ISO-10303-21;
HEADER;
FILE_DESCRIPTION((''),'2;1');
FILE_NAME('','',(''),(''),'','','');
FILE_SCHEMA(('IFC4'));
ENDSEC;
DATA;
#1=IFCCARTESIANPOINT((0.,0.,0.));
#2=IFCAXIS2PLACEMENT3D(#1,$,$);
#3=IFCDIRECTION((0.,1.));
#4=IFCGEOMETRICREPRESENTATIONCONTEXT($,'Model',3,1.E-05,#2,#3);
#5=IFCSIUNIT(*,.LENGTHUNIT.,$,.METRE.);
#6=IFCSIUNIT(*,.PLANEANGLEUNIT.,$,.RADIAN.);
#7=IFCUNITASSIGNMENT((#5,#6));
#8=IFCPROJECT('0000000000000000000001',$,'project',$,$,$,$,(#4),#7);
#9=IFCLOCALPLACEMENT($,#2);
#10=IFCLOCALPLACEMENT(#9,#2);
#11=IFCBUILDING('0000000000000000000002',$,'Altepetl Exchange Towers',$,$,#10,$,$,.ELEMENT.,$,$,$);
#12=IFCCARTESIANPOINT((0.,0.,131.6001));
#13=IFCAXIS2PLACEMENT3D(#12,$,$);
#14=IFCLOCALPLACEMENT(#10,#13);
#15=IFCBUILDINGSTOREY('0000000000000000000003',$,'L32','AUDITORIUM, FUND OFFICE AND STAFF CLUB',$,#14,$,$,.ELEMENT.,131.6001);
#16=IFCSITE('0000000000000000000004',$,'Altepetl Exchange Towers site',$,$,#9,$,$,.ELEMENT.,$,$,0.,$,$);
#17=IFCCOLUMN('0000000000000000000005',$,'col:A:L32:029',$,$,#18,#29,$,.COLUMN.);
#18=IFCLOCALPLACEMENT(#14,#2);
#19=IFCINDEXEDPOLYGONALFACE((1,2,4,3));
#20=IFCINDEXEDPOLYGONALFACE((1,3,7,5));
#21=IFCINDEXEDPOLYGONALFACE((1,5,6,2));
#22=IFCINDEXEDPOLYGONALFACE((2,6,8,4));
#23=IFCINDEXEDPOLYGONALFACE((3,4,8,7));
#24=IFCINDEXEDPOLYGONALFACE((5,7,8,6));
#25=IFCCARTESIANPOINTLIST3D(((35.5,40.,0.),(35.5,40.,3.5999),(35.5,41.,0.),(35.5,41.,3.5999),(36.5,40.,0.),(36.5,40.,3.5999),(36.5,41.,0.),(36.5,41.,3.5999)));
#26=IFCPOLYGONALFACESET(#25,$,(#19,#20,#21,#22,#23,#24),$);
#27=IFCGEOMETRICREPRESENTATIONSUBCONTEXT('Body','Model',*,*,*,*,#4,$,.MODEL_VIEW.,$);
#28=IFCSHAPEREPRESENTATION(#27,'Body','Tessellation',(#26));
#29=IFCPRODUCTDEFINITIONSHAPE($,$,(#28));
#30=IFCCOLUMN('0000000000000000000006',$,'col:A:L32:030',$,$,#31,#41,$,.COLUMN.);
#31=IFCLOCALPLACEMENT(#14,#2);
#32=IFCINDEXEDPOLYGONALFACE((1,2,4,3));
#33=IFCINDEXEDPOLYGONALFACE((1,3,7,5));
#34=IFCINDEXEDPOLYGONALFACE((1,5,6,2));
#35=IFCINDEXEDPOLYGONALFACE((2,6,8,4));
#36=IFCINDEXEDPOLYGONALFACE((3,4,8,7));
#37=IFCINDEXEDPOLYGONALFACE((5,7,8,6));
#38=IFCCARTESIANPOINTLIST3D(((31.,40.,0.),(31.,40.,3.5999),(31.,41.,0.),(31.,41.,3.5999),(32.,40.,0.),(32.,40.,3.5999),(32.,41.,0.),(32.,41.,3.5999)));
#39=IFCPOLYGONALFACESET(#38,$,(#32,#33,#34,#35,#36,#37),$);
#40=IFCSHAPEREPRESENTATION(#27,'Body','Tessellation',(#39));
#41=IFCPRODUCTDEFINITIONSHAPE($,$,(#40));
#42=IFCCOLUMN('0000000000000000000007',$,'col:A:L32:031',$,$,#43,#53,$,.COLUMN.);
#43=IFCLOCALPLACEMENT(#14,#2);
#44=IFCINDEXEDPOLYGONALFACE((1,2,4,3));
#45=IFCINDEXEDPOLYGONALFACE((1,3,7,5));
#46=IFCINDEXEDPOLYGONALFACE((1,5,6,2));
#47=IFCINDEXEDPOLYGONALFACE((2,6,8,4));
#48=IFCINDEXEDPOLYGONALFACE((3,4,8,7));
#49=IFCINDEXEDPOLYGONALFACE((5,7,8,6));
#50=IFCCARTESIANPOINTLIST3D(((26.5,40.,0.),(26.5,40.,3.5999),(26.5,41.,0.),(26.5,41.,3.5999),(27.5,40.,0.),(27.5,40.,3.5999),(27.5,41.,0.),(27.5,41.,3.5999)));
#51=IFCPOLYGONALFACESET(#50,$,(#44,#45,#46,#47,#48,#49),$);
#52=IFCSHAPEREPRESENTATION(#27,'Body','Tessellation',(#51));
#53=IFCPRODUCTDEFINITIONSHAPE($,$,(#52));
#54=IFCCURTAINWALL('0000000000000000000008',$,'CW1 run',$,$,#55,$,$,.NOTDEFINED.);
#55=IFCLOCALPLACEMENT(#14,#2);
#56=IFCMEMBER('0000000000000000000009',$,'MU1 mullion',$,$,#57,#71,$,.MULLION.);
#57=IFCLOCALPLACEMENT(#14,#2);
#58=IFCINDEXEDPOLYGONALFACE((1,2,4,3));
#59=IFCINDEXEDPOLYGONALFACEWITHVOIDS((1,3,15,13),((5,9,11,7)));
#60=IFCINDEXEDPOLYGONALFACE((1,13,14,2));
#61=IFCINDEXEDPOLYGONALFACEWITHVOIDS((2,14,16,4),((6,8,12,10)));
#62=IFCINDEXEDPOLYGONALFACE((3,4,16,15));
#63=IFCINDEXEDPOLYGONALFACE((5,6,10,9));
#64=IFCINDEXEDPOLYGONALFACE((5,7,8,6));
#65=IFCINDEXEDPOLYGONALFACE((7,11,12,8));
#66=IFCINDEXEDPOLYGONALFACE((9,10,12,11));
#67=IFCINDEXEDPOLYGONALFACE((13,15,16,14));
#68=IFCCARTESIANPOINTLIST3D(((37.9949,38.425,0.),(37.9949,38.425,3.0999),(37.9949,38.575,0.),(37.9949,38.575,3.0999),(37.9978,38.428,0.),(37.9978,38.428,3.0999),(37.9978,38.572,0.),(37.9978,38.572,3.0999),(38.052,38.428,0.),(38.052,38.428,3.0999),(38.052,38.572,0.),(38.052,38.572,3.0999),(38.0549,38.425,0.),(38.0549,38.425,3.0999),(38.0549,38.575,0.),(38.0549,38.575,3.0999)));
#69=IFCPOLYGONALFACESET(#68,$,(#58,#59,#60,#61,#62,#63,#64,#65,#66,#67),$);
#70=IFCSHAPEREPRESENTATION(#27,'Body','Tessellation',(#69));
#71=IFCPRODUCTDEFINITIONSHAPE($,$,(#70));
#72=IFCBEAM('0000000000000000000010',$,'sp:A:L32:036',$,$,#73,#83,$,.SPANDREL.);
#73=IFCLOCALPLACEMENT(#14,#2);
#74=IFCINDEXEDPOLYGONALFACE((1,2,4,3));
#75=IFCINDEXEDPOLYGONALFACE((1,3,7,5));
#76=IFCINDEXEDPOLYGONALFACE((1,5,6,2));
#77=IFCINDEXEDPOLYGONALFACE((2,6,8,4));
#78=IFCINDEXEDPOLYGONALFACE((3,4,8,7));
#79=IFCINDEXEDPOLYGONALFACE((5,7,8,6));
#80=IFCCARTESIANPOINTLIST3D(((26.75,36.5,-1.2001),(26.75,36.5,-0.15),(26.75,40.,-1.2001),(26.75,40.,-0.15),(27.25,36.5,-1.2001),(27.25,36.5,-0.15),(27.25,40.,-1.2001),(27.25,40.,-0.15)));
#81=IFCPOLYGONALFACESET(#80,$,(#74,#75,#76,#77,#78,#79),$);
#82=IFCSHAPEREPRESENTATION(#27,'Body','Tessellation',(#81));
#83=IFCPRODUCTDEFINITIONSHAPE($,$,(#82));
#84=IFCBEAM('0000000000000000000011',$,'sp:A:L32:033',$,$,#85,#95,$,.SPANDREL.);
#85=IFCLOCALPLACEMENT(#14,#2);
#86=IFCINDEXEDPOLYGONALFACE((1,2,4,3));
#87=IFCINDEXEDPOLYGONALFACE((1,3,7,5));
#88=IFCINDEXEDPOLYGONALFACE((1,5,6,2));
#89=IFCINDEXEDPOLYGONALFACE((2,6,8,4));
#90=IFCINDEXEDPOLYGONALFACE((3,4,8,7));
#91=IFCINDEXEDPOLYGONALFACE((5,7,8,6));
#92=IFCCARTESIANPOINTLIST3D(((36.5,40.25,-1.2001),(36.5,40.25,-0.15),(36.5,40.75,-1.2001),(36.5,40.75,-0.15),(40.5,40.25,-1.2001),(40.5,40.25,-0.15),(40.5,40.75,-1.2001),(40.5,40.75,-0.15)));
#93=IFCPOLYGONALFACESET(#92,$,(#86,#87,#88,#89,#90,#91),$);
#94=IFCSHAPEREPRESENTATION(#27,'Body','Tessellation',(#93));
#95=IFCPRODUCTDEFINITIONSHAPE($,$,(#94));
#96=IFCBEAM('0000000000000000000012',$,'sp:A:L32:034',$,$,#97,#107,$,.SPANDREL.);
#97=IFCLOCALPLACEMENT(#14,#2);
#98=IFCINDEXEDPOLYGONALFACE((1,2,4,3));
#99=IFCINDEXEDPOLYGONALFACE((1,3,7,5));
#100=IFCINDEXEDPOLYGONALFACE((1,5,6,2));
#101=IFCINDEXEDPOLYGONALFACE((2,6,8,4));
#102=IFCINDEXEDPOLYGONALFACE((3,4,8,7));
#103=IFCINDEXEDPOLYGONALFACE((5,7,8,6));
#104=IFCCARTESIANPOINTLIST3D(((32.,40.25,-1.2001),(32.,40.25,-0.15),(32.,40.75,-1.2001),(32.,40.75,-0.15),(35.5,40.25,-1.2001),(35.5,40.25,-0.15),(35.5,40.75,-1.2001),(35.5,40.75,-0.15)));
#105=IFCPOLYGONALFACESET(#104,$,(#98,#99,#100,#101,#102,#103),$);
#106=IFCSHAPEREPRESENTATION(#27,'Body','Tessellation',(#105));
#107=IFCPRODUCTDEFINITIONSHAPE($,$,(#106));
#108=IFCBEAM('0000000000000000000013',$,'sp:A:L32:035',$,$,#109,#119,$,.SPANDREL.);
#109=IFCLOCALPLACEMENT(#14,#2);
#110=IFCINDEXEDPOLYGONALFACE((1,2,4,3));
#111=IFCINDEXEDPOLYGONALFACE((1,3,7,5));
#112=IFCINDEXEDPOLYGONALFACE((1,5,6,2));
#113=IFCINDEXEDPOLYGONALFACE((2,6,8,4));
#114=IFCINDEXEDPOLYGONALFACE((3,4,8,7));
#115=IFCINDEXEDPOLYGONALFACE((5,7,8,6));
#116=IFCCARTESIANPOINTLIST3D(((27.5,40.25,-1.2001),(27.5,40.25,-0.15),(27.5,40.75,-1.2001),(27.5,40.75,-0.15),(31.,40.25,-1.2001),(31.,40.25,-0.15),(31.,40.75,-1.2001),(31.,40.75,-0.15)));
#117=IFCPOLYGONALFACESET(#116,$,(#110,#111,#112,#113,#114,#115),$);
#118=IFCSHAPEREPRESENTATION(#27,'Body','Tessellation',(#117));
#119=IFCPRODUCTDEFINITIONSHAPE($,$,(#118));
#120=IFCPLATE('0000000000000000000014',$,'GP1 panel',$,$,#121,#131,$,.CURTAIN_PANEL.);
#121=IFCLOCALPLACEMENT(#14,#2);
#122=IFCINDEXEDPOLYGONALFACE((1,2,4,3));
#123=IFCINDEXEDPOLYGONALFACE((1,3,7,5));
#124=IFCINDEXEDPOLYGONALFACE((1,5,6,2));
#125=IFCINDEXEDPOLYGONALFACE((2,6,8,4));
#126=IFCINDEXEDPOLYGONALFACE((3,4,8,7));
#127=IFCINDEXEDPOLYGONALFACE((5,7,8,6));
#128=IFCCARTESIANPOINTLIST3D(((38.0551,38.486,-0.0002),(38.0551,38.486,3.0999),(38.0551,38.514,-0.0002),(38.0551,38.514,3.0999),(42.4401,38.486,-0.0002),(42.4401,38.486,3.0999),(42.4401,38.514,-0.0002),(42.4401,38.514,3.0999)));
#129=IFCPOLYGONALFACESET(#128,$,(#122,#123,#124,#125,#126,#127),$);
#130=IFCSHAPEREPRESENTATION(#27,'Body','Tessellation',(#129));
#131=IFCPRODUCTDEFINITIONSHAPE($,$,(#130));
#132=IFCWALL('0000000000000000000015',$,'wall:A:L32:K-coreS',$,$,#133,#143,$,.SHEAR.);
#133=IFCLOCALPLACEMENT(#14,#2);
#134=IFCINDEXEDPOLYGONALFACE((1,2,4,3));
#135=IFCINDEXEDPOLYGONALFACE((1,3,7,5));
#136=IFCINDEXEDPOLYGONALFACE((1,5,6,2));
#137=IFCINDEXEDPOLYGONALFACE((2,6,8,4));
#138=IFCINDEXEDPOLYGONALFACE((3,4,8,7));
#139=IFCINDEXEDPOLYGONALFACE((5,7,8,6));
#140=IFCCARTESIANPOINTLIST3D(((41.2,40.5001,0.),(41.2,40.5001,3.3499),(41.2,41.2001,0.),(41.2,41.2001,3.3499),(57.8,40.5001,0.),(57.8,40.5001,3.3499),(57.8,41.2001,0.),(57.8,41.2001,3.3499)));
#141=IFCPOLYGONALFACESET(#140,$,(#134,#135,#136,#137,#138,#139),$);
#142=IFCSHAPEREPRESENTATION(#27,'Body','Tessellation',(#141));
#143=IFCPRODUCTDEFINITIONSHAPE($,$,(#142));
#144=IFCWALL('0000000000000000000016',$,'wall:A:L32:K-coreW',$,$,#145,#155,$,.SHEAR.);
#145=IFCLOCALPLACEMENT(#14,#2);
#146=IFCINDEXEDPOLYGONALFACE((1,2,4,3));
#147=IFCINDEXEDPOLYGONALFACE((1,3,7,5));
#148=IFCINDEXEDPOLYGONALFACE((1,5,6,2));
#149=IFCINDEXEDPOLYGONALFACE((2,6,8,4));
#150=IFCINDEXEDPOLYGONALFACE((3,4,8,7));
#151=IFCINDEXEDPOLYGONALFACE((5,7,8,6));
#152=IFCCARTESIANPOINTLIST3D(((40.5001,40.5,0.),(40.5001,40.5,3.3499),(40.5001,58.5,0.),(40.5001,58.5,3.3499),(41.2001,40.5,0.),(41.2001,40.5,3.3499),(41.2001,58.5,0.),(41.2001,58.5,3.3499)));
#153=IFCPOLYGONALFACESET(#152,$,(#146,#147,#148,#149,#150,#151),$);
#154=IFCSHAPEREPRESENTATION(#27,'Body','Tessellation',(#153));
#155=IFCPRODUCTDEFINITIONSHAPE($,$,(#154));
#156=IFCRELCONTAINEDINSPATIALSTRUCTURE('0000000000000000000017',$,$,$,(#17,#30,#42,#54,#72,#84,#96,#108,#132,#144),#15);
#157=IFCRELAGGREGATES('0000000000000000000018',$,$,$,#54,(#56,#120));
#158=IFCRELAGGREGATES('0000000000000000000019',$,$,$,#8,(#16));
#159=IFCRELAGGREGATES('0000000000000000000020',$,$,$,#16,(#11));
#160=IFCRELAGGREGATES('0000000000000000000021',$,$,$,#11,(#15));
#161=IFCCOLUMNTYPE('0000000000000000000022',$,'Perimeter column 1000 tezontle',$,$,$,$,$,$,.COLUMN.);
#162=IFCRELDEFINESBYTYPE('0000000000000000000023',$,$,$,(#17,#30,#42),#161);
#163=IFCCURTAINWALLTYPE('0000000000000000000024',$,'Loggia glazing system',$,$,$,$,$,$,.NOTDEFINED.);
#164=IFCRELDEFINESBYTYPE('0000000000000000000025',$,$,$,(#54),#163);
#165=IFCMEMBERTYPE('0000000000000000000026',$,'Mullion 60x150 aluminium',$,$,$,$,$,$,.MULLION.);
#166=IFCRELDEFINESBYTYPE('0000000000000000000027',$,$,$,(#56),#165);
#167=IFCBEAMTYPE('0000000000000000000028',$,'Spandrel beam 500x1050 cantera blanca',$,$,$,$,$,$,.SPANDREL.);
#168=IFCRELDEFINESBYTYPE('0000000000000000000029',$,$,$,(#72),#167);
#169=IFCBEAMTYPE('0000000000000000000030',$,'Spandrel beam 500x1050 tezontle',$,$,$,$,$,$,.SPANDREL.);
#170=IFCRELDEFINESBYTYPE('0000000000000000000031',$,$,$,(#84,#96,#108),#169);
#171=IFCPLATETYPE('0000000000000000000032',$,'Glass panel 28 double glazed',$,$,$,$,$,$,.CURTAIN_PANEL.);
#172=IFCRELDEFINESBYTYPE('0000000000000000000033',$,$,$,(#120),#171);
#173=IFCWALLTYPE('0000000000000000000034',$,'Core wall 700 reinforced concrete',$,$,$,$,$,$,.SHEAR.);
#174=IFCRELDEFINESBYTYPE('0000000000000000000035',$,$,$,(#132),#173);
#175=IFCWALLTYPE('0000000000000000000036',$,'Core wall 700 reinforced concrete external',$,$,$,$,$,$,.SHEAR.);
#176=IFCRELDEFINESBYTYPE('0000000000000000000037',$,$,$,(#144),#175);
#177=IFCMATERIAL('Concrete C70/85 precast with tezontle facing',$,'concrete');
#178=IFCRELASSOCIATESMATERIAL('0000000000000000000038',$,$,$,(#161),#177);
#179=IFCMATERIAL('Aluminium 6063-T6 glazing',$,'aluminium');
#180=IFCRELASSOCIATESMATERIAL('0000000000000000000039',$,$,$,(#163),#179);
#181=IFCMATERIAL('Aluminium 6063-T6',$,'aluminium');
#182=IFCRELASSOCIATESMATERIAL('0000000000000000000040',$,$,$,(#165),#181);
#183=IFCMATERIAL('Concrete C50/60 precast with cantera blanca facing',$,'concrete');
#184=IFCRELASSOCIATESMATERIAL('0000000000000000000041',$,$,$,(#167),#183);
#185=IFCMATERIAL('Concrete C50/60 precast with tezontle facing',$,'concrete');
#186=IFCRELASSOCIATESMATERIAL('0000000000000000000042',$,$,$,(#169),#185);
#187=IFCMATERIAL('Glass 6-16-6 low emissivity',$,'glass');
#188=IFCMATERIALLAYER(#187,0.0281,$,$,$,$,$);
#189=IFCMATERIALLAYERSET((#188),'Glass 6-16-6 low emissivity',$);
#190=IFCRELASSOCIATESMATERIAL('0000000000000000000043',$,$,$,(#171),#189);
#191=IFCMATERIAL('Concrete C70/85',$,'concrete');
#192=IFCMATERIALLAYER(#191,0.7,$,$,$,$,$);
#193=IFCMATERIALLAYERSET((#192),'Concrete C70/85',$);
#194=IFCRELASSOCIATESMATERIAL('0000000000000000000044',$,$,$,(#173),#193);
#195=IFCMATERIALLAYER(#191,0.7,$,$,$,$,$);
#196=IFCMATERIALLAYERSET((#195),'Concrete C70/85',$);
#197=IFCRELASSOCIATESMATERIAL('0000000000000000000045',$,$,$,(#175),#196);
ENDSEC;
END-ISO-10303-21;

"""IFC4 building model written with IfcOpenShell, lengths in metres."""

from ifc_helpers import new_model, si_unit, direction, frame, frame_2d, origin, origin_2d, place, context, subcontext, project, spatial, rectangle, hollow_rectangle, extrude, material, layer, layer_set, material_profile, profile_set, type_object, element, aggregate, save


model = new_model("IFC4")

# Units and contexts
model_context = context("Model", 3, precision=1e-05, world=origin(), true_north=direction((0.0, 1.0)))
body_context = subcontext(model_context, "Body", "Model", "MODEL_VIEW")
ifc_project = project(units=[si_unit("LENGTHUNIT", "METRE"), si_unit("PLANEANGLEUNIT", "RADIAN")], contexts=[model_context])

# Site, building, storey
site_placement = place(None, origin())
site = spatial("IfcSite", under=ifc_project, at=site_placement, Name="Altepetl Exchange Towers site", CompositionType="ELEMENT", RefElevation=0.0)
building_placement = place(site_placement, origin())
building = spatial("IfcBuilding", under=site, at=building_placement, Name="Altepetl Exchange Towers", CompositionType="ELEMENT")
storey_placement = place(building_placement, frame((0.0, 0.0, 131.6001)))
storey = spatial("IfcBuildingStorey", under=building, at=storey_placement, Name="L32", Description="AUDITORIUM, FUND OFFICE AND STAFF CLUB", CompositionType="ELEMENT", Elevation=131.6001)

# Columns
ifc_material_1 = material(Name="Concrete C70/85 precast with tezontle facing", Category="concrete")
ifc_material_profile_1 = material_profile(ifc_material_1, rectangle(XDim=1.0, YDim=1.0, at=origin_2d()), Name="1000 x 1000")
ifc_profile_set_1 = profile_set([ifc_material_profile_1], Name="Concrete C70/85 precast with tezontle facing")
column_type = type_object("IfcColumnType", Name="Perimeter column 1000 tezontle", PredefinedType="COLUMN", material=ifc_profile_set_1)
for number, where, name in (
    (1, (36.0, 40.5, 0.0), "col:A:L32:029"),
    (2, (31.5, 40.5, 0.0), "col:A:L32:030"),
    (3, (27.0, 40.5, 0.0), "col:A:L32:031"),
):
    element("IfcColumn", number, at=place(storey_placement, frame(where)), inside=storey, type_object=column_type, Name=name, PredefinedType="COLUMN", context=body_context, shape_type="SweptSolid", body=[
        extrude(rectangle(XDim=1.0, YDim=1.0, at=origin_2d()), origin(), (0.0, 0.0, 1.0), 3.5999),
    ])

# Curtain wall, member
ifc_material_2 = material(Name="Aluminium 6063-T6 glazing", Category="aluminium")
curtain_wall_type = type_object("IfcCurtainWallType", Name="Loggia glazing system", PredefinedType="NOTDEFINED", material=ifc_material_2)
curtain_wall_placement = place(storey_placement, origin())
curtain_wall = element("IfcCurtainWall", 4, at=curtain_wall_placement, inside=storey, type_object=curtain_wall_type, Name="CW1 run", PredefinedType="NOTDEFINED")
ifc_material_3 = material(Name="Aluminium 6063-T6", Category="aluminium")
ifc_material_profile_2 = material_profile(ifc_material_3, hollow_rectangle(XDim=0.0601, YDim=0.1499, WallThickness=0.0029, at=origin_2d()), Name="Mullion 60x150 aluminium")
ifc_profile_set_2 = profile_set([ifc_material_profile_2], Name="Aluminium 6063-T6")
member_type = type_object("IfcMemberType", Name="Mullion 60x150 aluminium", PredefinedType="MULLION", material=ifc_profile_set_2)
member_placement = place(storey_placement, frame((38.0249, 38.5, 0.0), z_axis=(0.0, 0.0, 1.0), x_axis=(-1.0, 0.0, 0.0)))
member = element("IfcMember", 5, at=member_placement, type_object=member_type, Name="MU1 mullion", PredefinedType="MULLION", context=body_context, shape_type="SweptSolid", body=[
    extrude(hollow_rectangle(XDim=0.0601, YDim=0.1499, WallThickness=0.0029, at=origin_2d()), origin(), (0.0, 0.0, 1.0), 3.0999),
])

# Beams
ifc_material_4 = material(Name="Concrete C50/60 precast with cantera blanca facing", Category="concrete")
ifc_material_profile_3 = material_profile(ifc_material_4, rectangle(XDim=0.5, YDim=1.05, at=origin_2d()), Name="500 x 1050")
ifc_profile_set_3 = profile_set([ifc_material_profile_3], Name="Concrete C50/60 precast with cantera blanca facing")
beam_type_1 = type_object("IfcBeamType", Name="Spandrel beam 500x1050 cantera blanca", PredefinedType="SPANDREL", material=ifc_profile_set_3)
beam_1_placement = place(storey_placement, frame((27.0, 40.0, -0.675), z_axis=(0.0, -1.0, 0.0), x_axis=(1.0, 0.0, 0.0)))
element("IfcBeam", 6, at=beam_1_placement, inside=storey, type_object=beam_type_1, Name="sp:A:L32:036", PredefinedType="SPANDREL", context=body_context, shape_type="SweptSolid", body=[
    extrude(rectangle(XDim=0.5, YDim=1.05, at=origin_2d()), origin(), (0.0, 0.0, 1.0), 3.5),
])
ifc_material_5 = material(Name="Concrete C50/60 precast with tezontle facing", Category="concrete")
ifc_material_profile_4 = material_profile(ifc_material_5, rectangle(XDim=0.5, YDim=1.05, at=origin_2d()), Name="500 x 1050")
ifc_profile_set_4 = profile_set([ifc_material_profile_4], Name="Concrete C50/60 precast with tezontle facing")
beam_type_2 = type_object("IfcBeamType", Name="Spandrel beam 500x1050 tezontle", PredefinedType="SPANDREL", material=ifc_profile_set_4)
beam_2_placement = place(storey_placement, frame((40.5, 40.5, -0.675), z_axis=(-1.0, 0.0, 0.0), x_axis=(0.0, -1.0, 0.0)))
element("IfcBeam", 7, at=beam_2_placement, inside=storey, type_object=beam_type_2, Name="sp:A:L32:033", PredefinedType="SPANDREL", context=body_context, shape_type="SweptSolid", body=[
    extrude(rectangle(XDim=0.5, YDim=1.05, at=origin_2d()), origin(), (0.0, 0.0, 1.0), 4.0),
])
for number, where, z_axis, x_axis, name in (
    (8, (35.5, 40.5, -0.675), (-1.0, 0.0, 0.0), (0.0, -1.0, 0.0), "sp:A:L32:034"),
    (9, (31.0, 40.5, -0.675), (-1.0, 0.0, 0.0), (0.0, -1.0, 0.0), "sp:A:L32:035"),
):
    element("IfcBeam", number, at=place(storey_placement, frame(where, z_axis=z_axis, x_axis=x_axis)), inside=storey, type_object=beam_type_2, Name=name, PredefinedType="SPANDREL", context=body_context, shape_type="SweptSolid", body=[
        extrude(rectangle(XDim=0.5, YDim=1.05, at=origin_2d()), origin(), (0.0, 0.0, 1.0), 3.5),
    ])

# Plate
ifc_material_6 = material(Name="Glass 6-16-6 low emissivity", Category="glass")
ifc_layer_1 = layer(ifc_material_6, 0.0281)
ifc_layer_set_1 = layer_set([ifc_layer_1], Name="Glass 6-16-6 low emissivity")
plate_type = type_object("IfcPlateType", Name="Glass panel 28 double glazed", PredefinedType="CURTAIN_PANEL", material=ifc_layer_set_1)
plate_placement = place(storey_placement, frame((40.2476, 38.5, -0.0002), z_axis=(0.0, 0.0, 1.0), x_axis=(-1.0, 0.0, 0.0)))
plate = element("IfcPlate", 10, at=plate_placement, type_object=plate_type, Name="GP1 panel", PredefinedType="CURTAIN_PANEL", context=body_context, shape_type="SweptSolid", body=[
    extrude(rectangle(XDim=4.385, YDim=0.0281, at=origin_2d()), origin(), (0.0, 0.0, 1.0), 3.1001),
])
aggregate(curtain_wall, [member, plate])

# Walls
ifc_material_7 = material(Name="Concrete C70/85", Category="concrete")
ifc_layer_2 = layer(ifc_material_7, 0.7)
ifc_layer_set_2 = layer_set([ifc_layer_2], Name="Concrete C70/85")
wall_type_1 = type_object("IfcWallType", Name="Core wall 700 reinforced concrete", PredefinedType="SHEAR", material=ifc_layer_set_2)
wall_1_placement = place(storey_placement, frame((41.2, 40.8501, 0.0)))
element("IfcWall", 11, at=wall_1_placement, inside=storey, type_object=wall_type_1, Name="wall:A:L32:K-coreS", PredefinedType="SHEAR", context=body_context, shape_type="SweptSolid", body=[
    extrude(rectangle(XDim=16.6001, YDim=0.7, at=frame_2d((8.3, 0.0))), origin(), (0.0, 0.0, 1.0), 3.3499),
])
ifc_layer_3 = layer(ifc_material_7, 0.7)
ifc_layer_set_3 = layer_set([ifc_layer_3], Name="Concrete C70/85")
wall_type_2 = type_object("IfcWallType", Name="Core wall 700 reinforced concrete external", PredefinedType="SHEAR", material=ifc_layer_set_3)
wall_2_placement = place(storey_placement, frame((40.8501, 40.5, 0.0), z_axis=(0.0, 0.0, 1.0), x_axis=(0.0, 1.0, 0.0)))
element("IfcWall", 12, at=wall_2_placement, inside=storey, type_object=wall_type_2, Name="wall:A:L32:K-coreW", PredefinedType="SHEAR", context=body_context, shape_type="SweptSolid", body=[
    extrude(rectangle(XDim=18.0, YDim=0.7, at=frame_2d((9.0, 0.0))), origin(), (0.0, 0.0, 1.0), 3.3499),
])

save(model, "model.ifc")
